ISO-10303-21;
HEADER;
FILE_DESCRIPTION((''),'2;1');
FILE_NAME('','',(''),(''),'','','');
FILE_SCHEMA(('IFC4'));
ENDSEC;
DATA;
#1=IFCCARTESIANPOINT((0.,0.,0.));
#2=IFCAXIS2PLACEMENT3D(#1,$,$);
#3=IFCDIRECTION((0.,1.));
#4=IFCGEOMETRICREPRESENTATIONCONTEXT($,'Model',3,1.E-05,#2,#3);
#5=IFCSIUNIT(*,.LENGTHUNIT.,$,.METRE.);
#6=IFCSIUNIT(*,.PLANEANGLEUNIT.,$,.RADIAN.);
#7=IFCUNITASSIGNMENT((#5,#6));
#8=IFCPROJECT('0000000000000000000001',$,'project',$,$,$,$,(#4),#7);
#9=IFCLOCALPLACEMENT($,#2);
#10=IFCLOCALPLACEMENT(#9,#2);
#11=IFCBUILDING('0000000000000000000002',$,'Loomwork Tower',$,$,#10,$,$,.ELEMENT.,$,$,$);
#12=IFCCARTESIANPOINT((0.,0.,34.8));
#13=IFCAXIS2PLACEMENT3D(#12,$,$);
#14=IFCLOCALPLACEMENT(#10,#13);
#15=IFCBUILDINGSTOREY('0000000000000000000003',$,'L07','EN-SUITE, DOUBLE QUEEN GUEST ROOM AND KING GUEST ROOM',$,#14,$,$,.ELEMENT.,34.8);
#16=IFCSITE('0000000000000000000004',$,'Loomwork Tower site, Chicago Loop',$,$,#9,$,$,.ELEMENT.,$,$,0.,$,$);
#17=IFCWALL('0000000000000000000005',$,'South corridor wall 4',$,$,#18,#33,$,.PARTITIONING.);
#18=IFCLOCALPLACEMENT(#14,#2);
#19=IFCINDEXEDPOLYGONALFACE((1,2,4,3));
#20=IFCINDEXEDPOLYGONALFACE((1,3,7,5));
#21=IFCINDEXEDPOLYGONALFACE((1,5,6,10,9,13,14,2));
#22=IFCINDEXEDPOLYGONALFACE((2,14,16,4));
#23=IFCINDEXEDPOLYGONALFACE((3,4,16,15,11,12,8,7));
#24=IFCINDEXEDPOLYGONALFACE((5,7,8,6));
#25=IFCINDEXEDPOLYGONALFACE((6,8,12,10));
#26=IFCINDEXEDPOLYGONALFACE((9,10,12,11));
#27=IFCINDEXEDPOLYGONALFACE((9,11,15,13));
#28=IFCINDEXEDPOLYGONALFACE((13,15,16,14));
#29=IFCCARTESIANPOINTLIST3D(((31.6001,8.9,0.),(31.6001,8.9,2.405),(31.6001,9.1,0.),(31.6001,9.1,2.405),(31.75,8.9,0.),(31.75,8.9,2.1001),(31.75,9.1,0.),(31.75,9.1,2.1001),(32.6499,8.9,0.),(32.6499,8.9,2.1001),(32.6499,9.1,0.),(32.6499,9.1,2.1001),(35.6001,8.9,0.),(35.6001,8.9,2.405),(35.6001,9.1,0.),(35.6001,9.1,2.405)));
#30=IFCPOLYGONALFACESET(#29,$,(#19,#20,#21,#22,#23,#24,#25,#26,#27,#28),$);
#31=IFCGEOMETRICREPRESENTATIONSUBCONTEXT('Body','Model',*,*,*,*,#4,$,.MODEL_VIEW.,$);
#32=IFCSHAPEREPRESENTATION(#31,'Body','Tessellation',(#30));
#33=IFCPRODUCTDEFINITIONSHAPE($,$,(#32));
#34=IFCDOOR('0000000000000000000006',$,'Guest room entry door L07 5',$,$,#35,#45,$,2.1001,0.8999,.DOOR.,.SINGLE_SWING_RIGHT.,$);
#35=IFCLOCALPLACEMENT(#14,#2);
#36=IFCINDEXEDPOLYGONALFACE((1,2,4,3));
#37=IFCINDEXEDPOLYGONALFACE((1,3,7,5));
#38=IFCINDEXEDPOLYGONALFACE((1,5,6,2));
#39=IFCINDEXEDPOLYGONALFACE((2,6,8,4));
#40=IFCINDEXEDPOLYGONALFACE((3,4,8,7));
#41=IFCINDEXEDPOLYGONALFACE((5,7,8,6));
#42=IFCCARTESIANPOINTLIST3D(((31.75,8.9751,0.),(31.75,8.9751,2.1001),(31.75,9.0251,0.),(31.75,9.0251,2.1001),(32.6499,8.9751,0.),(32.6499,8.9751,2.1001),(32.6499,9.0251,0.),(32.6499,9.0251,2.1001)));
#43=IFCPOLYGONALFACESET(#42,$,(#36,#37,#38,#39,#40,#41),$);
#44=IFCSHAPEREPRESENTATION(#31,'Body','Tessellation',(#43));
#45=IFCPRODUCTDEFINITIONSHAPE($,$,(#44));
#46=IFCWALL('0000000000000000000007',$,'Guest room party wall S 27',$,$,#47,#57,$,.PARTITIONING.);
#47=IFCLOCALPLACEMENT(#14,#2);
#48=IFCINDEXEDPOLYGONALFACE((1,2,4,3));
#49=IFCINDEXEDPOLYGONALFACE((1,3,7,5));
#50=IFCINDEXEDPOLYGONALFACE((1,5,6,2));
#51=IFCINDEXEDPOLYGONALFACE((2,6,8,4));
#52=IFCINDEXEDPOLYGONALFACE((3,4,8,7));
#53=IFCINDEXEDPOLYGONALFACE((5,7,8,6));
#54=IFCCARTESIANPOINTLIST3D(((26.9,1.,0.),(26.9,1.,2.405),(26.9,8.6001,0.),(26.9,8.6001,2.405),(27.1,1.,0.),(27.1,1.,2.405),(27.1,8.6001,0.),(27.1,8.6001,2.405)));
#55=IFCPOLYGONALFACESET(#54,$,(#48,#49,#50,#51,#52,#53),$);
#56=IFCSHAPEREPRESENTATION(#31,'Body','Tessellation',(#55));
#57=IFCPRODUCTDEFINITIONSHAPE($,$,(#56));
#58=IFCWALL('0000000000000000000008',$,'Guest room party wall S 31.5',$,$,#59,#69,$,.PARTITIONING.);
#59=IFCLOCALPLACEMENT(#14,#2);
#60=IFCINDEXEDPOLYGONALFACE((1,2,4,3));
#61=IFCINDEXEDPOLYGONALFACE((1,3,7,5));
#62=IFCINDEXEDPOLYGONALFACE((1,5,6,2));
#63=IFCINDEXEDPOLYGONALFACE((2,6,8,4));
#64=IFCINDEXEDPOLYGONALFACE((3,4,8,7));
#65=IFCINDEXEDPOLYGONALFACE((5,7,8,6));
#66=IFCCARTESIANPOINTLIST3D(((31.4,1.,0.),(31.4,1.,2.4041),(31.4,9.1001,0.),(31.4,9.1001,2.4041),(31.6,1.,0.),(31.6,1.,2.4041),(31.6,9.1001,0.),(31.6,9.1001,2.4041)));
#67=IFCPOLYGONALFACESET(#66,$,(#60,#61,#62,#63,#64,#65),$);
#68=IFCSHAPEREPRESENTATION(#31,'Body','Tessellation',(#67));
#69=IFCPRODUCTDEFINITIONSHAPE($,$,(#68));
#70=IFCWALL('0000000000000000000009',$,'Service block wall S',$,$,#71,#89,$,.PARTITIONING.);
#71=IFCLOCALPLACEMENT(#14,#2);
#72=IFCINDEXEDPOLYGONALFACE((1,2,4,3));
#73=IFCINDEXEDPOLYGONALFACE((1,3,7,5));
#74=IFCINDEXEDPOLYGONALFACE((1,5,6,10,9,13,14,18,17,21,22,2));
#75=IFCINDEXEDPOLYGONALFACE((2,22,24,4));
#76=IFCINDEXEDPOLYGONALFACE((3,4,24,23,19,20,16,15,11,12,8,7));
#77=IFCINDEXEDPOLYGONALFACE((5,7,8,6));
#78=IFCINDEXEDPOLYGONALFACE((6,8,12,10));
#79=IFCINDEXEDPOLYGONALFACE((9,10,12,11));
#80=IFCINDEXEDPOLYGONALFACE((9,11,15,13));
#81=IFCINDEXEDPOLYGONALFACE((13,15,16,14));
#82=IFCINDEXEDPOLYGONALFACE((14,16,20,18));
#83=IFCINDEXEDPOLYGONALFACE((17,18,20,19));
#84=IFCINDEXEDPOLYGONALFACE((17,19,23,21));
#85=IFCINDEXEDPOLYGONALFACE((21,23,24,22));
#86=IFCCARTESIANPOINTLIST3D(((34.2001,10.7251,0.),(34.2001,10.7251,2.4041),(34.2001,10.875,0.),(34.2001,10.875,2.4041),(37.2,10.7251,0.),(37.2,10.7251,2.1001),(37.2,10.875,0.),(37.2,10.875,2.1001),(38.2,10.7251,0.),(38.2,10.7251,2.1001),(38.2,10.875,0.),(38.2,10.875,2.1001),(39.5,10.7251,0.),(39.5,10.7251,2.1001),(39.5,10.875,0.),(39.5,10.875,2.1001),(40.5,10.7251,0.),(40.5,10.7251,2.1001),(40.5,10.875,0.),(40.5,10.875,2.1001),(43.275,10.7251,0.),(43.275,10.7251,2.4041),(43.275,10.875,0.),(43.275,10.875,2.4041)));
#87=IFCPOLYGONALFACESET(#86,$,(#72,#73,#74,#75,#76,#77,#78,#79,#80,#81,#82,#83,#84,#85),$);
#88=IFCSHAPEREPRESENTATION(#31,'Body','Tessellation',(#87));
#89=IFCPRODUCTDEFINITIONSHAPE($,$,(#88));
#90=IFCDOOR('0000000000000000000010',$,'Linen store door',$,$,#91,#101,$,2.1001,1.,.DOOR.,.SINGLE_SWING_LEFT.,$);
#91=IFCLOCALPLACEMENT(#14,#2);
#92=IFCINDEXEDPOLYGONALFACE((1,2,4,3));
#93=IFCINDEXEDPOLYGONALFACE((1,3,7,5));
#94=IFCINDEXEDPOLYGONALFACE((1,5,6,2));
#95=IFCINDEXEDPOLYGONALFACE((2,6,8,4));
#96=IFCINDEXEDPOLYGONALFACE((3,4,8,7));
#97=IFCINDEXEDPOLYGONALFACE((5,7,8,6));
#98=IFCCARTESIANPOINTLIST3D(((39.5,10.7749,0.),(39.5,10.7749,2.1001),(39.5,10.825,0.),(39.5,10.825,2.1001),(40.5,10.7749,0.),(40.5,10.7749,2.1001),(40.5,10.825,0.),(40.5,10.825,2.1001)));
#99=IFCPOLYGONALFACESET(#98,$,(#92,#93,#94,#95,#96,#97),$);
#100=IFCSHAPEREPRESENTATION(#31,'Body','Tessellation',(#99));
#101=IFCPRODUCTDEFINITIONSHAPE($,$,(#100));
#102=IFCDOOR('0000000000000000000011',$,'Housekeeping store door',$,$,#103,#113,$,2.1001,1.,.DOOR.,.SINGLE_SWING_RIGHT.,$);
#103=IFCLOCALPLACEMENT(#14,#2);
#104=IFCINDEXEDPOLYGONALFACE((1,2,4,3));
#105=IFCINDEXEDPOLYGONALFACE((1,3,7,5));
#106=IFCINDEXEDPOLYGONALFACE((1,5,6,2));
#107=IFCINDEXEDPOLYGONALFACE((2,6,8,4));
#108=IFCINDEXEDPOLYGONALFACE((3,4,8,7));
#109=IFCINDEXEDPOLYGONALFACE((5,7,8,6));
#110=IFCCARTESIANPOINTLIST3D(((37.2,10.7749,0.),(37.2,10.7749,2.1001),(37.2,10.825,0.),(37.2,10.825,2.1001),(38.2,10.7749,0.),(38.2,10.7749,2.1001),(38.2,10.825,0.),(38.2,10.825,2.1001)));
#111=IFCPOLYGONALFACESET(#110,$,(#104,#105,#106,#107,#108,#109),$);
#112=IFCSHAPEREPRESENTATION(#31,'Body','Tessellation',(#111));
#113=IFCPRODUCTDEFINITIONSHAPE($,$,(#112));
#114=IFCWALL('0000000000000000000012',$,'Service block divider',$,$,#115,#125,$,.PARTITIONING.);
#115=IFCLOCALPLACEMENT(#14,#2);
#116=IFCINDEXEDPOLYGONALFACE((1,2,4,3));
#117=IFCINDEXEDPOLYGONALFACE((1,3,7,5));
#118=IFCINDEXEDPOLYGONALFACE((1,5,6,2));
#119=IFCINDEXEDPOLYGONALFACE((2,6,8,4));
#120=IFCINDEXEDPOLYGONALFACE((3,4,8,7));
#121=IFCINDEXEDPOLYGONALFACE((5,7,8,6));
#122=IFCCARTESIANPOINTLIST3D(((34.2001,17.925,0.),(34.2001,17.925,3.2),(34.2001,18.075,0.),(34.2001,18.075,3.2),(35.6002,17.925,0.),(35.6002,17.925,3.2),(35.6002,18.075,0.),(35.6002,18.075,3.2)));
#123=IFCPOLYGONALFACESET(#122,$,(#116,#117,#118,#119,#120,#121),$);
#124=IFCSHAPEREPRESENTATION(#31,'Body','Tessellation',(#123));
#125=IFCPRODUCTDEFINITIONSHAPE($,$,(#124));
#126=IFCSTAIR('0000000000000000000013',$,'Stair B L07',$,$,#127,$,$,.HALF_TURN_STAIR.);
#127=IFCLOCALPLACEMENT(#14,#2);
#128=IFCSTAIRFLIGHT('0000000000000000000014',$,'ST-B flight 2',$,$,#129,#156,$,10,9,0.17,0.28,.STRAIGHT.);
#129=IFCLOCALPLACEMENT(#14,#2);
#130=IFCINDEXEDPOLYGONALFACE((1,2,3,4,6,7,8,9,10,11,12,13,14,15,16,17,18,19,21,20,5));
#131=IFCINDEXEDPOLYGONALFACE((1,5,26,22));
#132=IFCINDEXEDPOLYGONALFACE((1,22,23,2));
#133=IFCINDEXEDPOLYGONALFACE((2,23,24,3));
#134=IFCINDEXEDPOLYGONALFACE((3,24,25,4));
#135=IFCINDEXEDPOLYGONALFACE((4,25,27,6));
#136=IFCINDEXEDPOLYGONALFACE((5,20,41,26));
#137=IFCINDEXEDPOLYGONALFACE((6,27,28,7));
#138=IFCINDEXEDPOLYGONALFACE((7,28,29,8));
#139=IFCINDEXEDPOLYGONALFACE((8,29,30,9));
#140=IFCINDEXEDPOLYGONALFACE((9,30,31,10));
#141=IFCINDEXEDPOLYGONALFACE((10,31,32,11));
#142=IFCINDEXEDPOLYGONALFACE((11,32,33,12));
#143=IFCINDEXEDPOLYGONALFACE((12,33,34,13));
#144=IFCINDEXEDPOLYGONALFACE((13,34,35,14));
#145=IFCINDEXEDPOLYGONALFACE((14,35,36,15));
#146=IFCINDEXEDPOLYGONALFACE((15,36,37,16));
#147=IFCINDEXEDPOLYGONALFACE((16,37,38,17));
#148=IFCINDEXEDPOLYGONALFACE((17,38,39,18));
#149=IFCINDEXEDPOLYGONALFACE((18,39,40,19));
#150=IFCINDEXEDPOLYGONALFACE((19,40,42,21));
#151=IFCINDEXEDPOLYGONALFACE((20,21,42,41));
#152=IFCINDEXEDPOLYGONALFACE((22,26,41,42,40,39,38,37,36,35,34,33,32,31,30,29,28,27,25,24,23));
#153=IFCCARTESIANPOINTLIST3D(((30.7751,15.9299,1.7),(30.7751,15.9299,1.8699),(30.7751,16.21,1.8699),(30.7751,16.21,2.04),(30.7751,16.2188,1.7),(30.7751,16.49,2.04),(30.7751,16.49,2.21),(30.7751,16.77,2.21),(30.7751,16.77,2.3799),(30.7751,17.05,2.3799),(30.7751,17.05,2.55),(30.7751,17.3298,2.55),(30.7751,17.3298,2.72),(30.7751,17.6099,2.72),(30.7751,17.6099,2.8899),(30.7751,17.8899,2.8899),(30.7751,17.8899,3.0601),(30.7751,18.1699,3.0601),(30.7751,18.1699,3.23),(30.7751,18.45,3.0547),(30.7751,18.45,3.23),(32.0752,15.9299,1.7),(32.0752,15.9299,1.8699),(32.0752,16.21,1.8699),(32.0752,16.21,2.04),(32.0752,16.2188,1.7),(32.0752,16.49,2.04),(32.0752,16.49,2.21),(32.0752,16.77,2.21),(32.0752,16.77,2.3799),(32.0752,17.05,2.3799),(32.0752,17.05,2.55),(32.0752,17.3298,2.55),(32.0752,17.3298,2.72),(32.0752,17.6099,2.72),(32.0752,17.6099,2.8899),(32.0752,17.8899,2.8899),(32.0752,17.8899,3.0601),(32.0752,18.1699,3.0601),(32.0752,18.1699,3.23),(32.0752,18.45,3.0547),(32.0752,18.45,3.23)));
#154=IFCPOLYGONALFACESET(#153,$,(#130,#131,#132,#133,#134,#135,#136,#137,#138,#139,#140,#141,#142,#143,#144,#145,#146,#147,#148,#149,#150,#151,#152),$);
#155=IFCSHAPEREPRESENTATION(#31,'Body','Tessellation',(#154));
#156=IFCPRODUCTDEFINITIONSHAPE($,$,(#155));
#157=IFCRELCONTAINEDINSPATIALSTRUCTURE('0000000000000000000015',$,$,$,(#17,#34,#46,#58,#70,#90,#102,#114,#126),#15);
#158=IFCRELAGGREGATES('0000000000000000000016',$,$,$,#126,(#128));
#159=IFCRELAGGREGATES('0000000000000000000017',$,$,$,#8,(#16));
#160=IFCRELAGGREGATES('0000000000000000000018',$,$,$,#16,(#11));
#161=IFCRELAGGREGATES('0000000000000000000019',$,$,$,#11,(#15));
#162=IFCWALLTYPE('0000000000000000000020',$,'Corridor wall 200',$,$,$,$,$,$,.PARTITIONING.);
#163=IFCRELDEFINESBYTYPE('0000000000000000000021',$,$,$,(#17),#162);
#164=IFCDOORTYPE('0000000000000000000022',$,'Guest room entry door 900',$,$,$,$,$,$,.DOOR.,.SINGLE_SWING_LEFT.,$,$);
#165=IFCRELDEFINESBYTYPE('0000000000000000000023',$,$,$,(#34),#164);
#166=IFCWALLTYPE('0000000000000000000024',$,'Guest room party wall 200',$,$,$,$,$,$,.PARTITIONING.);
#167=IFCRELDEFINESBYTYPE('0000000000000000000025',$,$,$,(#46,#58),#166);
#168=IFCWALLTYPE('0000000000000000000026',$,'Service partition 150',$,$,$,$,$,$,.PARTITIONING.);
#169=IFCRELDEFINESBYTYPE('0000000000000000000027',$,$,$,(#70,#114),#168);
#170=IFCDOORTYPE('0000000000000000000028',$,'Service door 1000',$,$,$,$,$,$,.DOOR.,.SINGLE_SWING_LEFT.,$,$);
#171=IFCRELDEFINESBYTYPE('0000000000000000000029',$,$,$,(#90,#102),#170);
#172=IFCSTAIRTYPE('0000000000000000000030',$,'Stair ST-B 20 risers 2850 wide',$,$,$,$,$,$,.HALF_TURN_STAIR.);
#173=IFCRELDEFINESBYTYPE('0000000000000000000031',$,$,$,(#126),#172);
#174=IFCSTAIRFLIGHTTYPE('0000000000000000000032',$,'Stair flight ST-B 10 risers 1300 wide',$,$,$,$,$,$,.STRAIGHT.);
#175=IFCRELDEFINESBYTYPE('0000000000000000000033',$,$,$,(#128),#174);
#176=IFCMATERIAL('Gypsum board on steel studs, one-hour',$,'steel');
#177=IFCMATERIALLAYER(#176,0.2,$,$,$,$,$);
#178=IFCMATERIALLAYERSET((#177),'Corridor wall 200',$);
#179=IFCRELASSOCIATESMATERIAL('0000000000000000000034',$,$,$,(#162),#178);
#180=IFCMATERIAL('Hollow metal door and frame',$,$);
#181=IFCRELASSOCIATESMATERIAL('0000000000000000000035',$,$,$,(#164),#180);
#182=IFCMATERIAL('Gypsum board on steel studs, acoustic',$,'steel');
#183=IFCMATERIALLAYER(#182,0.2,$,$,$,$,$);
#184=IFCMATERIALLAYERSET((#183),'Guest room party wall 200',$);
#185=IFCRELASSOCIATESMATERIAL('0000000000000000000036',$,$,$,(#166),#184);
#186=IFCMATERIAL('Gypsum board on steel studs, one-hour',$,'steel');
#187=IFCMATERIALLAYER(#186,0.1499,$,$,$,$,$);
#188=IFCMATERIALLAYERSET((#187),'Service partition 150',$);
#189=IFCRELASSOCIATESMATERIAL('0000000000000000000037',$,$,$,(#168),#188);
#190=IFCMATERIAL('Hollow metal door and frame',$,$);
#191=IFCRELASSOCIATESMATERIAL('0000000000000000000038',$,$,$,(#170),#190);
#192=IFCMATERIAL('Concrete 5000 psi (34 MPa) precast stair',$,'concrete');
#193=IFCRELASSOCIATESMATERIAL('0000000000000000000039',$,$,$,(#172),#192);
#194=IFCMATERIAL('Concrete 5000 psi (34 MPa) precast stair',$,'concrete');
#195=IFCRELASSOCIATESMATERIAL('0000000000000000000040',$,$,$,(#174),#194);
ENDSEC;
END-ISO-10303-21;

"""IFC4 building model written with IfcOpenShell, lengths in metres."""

from ifc_helpers import new_model, si_unit, direction, frame, frame_2d, origin, place, context, subcontext, project, spatial, polyline, rectangle, outline, extrude, material, layer, layer_set, type_object, element, fill, aggregate, save


model = new_model("IFC4")

# Units and contexts
model_context = context("Model", 3, precision=1e-05, world=origin(), true_north=direction((0.0, 1.0)))
body_context = subcontext(model_context, "Body", "Model", "MODEL_VIEW")
ifc_project = project(units=[si_unit("LENGTHUNIT", "METRE"), si_unit("PLANEANGLEUNIT", "RADIAN")], contexts=[model_context])

# Site, building, storey
site_placement = place(None, origin())
site = spatial("IfcSite", under=ifc_project, at=site_placement, Name="Loomwork Tower site, Chicago Loop", CompositionType="ELEMENT", RefElevation=0.0)
building_placement = place(site_placement, origin())
building = spatial("IfcBuilding", under=site, at=building_placement, Name="Loomwork Tower", CompositionType="ELEMENT")
storey_placement = place(building_placement, frame((0.0, 0.0, 34.8)))
storey = spatial("IfcBuildingStorey", under=building, at=storey_placement, Name="L07", Description="EN-SUITE, DOUBLE QUEEN GUEST ROOM AND KING GUEST ROOM", CompositionType="ELEMENT", Elevation=34.8)

# Wall, opening, door
ifc_material_1 = material(Name="Gypsum board on steel studs, one-hour", Category="steel")
ifc_layer_1 = layer(ifc_material_1, 0.2)
ifc_layer_set_1 = layer_set([ifc_layer_1], Name="Corridor wall 200")
wall_type_1 = type_object("IfcWallType", Name="Corridor wall 200", PredefinedType="PARTITIONING", material=ifc_layer_set_1)
wall_1_placement = place(storey_placement, frame((31.6001, 9.0, 0.0), z_axis=(0.0, 0.0, 1.0), x_axis=(1.0, 0.0, 0.0)))
wall_1 = element("IfcWall", 1, at=wall_1_placement, inside=storey, type_object=wall_type_1, Name="South corridor wall 4", PredefinedType="PARTITIONING", context=body_context, shape_type="SweptSolid", body=[
    extrude(rectangle(XDim=4.0, YDim=0.2, at=frame_2d((2.0, 0.0))), origin(), (0.0, 0.0, 1.0), 2.405),
])
opening_1_placement = place(wall_1_placement, frame((0.1499, 0.0, 0.0)))
opening_1 = element("IfcOpeningElement", 2, at=opening_1_placement, cuts=wall_1, PredefinedType="OPENING", context=body_context, shape_type="SweptSolid", body=[
    extrude(rectangle(XDim=0.8999, YDim=2.1001, at=frame_2d((0.45, 1.05))), frame((0.0, 0.1099, 0.0), z_axis=(0.0, -1.0, 0.0), x_axis=(1.0, 0.0, 0.0)), (0.0, 0.0, 1.0), 0.22),
])
ifc_material_2 = material(Name="Hollow metal door and frame")
door_type_1 = type_object("IfcDoorType", Name="Guest room entry door 900", OperationType="SINGLE_SWING_LEFT", PredefinedType="DOOR", material=ifc_material_2)
door_1_placement = place(opening_1_placement, frame((0.8999, 0.0, 0.0), z_axis=(0.0, 0.0, 1.0), x_axis=(-1.0, 0.0, 0.0)))
door_1 = element("IfcDoor", 3, at=door_1_placement, inside=storey, type_object=door_type_1, Name="Guest room entry door L07 5", OperationType="SINGLE_SWING_RIGHT", OverallHeight=2.1001, OverallWidth=0.8999, PredefinedType="DOOR", context=body_context, shape_type="SweptSolid", body=[
    extrude(rectangle(XDim=0.8999, YDim=2.1001, at=frame_2d((0.45, 1.05))), frame((0.0, 0.0249, 0.0), z_axis=(0.0, -1.0, 0.0), x_axis=(1.0, 0.0, 0.0)), (0.0, 0.0, 1.0), 0.05),
])
fill(opening_1, door_1)

# Walls
ifc_material_3 = material(Name="Gypsum board on steel studs, acoustic", Category="steel")
ifc_layer_2 = layer(ifc_material_3, 0.2)
ifc_layer_set_2 = layer_set([ifc_layer_2], Name="Guest room party wall 200")
wall_type_2 = type_object("IfcWallType", Name="Guest room party wall 200", PredefinedType="PARTITIONING", material=ifc_layer_set_2)
wall_2_placement = place(storey_placement, frame((27.0, 8.6001, 0.0), z_axis=(0.0, 0.0, 1.0), x_axis=(0.0, -1.0, 0.0)))
element("IfcWall", 4, at=wall_2_placement, inside=storey, type_object=wall_type_2, Name="Guest room party wall S 27", PredefinedType="PARTITIONING", context=body_context, shape_type="SweptSolid", body=[
    extrude(rectangle(XDim=7.6001, YDim=0.2, at=frame_2d((3.8, 0.0))), origin(), (0.0, 0.0, 1.0), 2.405),
])
wall_3_placement = place(storey_placement, frame((31.5, 9.1001, 0.0), z_axis=(0.0, 0.0, 1.0), x_axis=(0.0, -1.0, 0.0)))
element("IfcWall", 5, at=wall_3_placement, inside=storey, type_object=wall_type_2, Name="Guest room party wall S 31.5", PredefinedType="PARTITIONING", context=body_context, shape_type="SweptSolid", body=[
    extrude(rectangle(XDim=8.1001, YDim=0.2, at=frame_2d((4.05, 0.0))), origin(), (0.0, 0.0, 1.0), 2.4041),
])

# Wall, openings, doors
ifc_material_4 = material(Name="Gypsum board on steel studs, one-hour", Category="steel")
ifc_layer_3 = layer(ifc_material_4, 0.1499)
ifc_layer_set_3 = layer_set([ifc_layer_3], Name="Service partition 150")
wall_type_3 = type_object("IfcWallType", Name="Service partition 150", PredefinedType="PARTITIONING", material=ifc_layer_set_3)
wall_4_placement = place(storey_placement, frame((34.2, 10.8, 0.0), z_axis=(0.0, 0.0, 1.0), x_axis=(1.0, 0.0, 0.0)))
wall_4 = element("IfcWall", 6, at=wall_4_placement, inside=storey, type_object=wall_type_3, Name="Service block wall S", PredefinedType="PARTITIONING", context=body_context, shape_type="SweptSolid", body=[
    extrude(rectangle(XDim=9.075, YDim=0.1499, at=frame_2d((4.5376, 0.0))), origin(), (0.0, 0.0, 1.0), 2.4041),
])
opening_2_placement = place(wall_4_placement, frame((5.3, 0.0, 0.0)))
opening_2 = element("IfcOpeningElement", 7, at=opening_2_placement, cuts=wall_4, PredefinedType="OPENING", context=body_context, shape_type="SweptSolid", body=[
    extrude(rectangle(XDim=1.0, YDim=2.1001, at=frame_2d((0.5, 1.05))), frame((0.0, 0.085, 0.0), z_axis=(0.0, -1.0, 0.0), x_axis=(1.0, 0.0, 0.0)), (0.0, 0.0, 1.0), 0.1699),
])
opening_3_placement = place(wall_4_placement, frame((3.0, 0.0, 0.0)))
opening_3 = element("IfcOpeningElement", 8, at=opening_3_placement, cuts=wall_4, PredefinedType="OPENING", context=body_context, shape_type="SweptSolid", body=[
    extrude(rectangle(XDim=1.0, YDim=2.1001, at=frame_2d((0.5, 1.05))), frame((0.0, 0.085, 0.0), z_axis=(0.0, -1.0, 0.0), x_axis=(1.0, 0.0, 0.0)), (0.0, 0.0, 1.0), 0.1699),
])
ifc_material_5 = material(Name="Hollow metal door and frame")
door_type_2 = type_object("IfcDoorType", Name="Service door 1000", OperationType="SINGLE_SWING_LEFT", PredefinedType="DOOR", material=ifc_material_5)
door_2_placement = place(opening_2_placement, origin())
door_2 = element("IfcDoor", 9, at=door_2_placement, inside=storey, type_object=door_type_2, Name="Linen store door", OperationType="SINGLE_SWING_LEFT", OverallHeight=2.1001, OverallWidth=1.0, PredefinedType="DOOR", context=body_context, shape_type="SweptSolid", body=[
    extrude(rectangle(XDim=1.0, YDim=2.1001, at=frame_2d((0.5, 1.05))), frame((0.0, 0.0249, 0.0), z_axis=(0.0, -1.0, 0.0), x_axis=(1.0, 0.0, 0.0)), (0.0, 0.0, 1.0), 0.05),
])
fill(opening_2, door_2)
door_3_placement = place(opening_3_placement, origin())
door_3 = element("IfcDoor", 10, at=door_3_placement, inside=storey, type_object=door_type_2, Name="Housekeeping store door", OperationType="SINGLE_SWING_RIGHT", OverallHeight=2.1001, OverallWidth=1.0, PredefinedType="DOOR", context=body_context, shape_type="SweptSolid", body=[
    extrude(rectangle(XDim=1.0, YDim=2.1001, at=frame_2d((0.5, 1.05))), frame((0.0, 0.0249, 0.0), z_axis=(0.0, -1.0, 0.0), x_axis=(1.0, 0.0, 0.0)), (0.0, 0.0, 1.0), 0.05),
])
fill(opening_3, door_3)

# Wall
wall_5_placement = place(storey_placement, frame((34.2, 18.0, 0.0), z_axis=(0.0, 0.0, 1.0), x_axis=(1.0, 0.0, 0.0)))
element("IfcWall", 11, at=wall_5_placement, inside=storey, type_object=wall_type_3, Name="Service block divider", PredefinedType="PARTITIONING", context=body_context, shape_type="SweptSolid", body=[
    extrude(rectangle(XDim=1.4001, YDim=0.1499, at=frame_2d((0.7002, 0.0))), origin(), (0.0, 0.0, 1.0), 3.2),
])

# Stair, stair flight
ifc_material_6 = material(Name="Concrete 5000 psi (34 MPa) precast stair", Category="concrete")
stair_type = type_object("IfcStairType", Name="Stair ST-B 20 risers 2850 wide", PredefinedType="HALF_TURN_STAIR", material=ifc_material_6)
stair_placement = place(storey_placement, origin())
stair = element("IfcStair", 12, at=stair_placement, inside=storey, type_object=stair_type, Name="Stair B L07", PredefinedType="HALF_TURN_STAIR")
ifc_material_7 = material(Name="Concrete 5000 psi (34 MPa) precast stair", Category="concrete")
stair_flight_type = type_object("IfcStairFlightType", Name="Stair flight ST-B 10 risers 1300 wide", PredefinedType="STRAIGHT", material=ifc_material_7)
stair_flight_placement = place(storey_placement, frame((31.425, 15.9299, 1.7), z_axis=(0.0, 0.0, 1.0), x_axis=(0.0, 1.0, 0.0)))
stair_flight = element("IfcStairFlight", 13, at=stair_flight_placement, type_object=stair_flight_type, Name="ST-B flight 2", NumberOfRisers=10, NumberOfTreads=9, PredefinedType="STRAIGHT", RiserHeight=0.17, TreadLength=0.28, context=body_context, shape_type="SweptSolid", body=[
    extrude(outline(polyline([(0.0, 0.0), (0.0, 0.1699), (0.28, 0.1699), (0.28, 0.3401), (0.5601, 0.3401), (0.5601, 0.51), (0.8401, 0.51), (0.8401, 0.6799), (1.1201, 0.6799), (1.1201, 0.8501), (1.3999, 0.8501), (1.3999, 1.02), (1.6799, 1.02), (1.6799, 1.1899), (1.96, 1.1899), (1.96, 1.3601), (2.24, 1.3601), (2.24, 1.53), (2.52, 1.53), (2.52, 1.7), (2.52, 1.3547), (0.2888, 0.0), (0.0, 0.0)])), frame((0.0, 0.6499, 0.0), z_axis=(0.0, -1.0, 0.0), x_axis=(1.0, 0.0, 0.0)), (0.0, 0.0, 1.0), 1.3),
])
aggregate(stair, [stair_flight])

save(model, "model.ifc")
